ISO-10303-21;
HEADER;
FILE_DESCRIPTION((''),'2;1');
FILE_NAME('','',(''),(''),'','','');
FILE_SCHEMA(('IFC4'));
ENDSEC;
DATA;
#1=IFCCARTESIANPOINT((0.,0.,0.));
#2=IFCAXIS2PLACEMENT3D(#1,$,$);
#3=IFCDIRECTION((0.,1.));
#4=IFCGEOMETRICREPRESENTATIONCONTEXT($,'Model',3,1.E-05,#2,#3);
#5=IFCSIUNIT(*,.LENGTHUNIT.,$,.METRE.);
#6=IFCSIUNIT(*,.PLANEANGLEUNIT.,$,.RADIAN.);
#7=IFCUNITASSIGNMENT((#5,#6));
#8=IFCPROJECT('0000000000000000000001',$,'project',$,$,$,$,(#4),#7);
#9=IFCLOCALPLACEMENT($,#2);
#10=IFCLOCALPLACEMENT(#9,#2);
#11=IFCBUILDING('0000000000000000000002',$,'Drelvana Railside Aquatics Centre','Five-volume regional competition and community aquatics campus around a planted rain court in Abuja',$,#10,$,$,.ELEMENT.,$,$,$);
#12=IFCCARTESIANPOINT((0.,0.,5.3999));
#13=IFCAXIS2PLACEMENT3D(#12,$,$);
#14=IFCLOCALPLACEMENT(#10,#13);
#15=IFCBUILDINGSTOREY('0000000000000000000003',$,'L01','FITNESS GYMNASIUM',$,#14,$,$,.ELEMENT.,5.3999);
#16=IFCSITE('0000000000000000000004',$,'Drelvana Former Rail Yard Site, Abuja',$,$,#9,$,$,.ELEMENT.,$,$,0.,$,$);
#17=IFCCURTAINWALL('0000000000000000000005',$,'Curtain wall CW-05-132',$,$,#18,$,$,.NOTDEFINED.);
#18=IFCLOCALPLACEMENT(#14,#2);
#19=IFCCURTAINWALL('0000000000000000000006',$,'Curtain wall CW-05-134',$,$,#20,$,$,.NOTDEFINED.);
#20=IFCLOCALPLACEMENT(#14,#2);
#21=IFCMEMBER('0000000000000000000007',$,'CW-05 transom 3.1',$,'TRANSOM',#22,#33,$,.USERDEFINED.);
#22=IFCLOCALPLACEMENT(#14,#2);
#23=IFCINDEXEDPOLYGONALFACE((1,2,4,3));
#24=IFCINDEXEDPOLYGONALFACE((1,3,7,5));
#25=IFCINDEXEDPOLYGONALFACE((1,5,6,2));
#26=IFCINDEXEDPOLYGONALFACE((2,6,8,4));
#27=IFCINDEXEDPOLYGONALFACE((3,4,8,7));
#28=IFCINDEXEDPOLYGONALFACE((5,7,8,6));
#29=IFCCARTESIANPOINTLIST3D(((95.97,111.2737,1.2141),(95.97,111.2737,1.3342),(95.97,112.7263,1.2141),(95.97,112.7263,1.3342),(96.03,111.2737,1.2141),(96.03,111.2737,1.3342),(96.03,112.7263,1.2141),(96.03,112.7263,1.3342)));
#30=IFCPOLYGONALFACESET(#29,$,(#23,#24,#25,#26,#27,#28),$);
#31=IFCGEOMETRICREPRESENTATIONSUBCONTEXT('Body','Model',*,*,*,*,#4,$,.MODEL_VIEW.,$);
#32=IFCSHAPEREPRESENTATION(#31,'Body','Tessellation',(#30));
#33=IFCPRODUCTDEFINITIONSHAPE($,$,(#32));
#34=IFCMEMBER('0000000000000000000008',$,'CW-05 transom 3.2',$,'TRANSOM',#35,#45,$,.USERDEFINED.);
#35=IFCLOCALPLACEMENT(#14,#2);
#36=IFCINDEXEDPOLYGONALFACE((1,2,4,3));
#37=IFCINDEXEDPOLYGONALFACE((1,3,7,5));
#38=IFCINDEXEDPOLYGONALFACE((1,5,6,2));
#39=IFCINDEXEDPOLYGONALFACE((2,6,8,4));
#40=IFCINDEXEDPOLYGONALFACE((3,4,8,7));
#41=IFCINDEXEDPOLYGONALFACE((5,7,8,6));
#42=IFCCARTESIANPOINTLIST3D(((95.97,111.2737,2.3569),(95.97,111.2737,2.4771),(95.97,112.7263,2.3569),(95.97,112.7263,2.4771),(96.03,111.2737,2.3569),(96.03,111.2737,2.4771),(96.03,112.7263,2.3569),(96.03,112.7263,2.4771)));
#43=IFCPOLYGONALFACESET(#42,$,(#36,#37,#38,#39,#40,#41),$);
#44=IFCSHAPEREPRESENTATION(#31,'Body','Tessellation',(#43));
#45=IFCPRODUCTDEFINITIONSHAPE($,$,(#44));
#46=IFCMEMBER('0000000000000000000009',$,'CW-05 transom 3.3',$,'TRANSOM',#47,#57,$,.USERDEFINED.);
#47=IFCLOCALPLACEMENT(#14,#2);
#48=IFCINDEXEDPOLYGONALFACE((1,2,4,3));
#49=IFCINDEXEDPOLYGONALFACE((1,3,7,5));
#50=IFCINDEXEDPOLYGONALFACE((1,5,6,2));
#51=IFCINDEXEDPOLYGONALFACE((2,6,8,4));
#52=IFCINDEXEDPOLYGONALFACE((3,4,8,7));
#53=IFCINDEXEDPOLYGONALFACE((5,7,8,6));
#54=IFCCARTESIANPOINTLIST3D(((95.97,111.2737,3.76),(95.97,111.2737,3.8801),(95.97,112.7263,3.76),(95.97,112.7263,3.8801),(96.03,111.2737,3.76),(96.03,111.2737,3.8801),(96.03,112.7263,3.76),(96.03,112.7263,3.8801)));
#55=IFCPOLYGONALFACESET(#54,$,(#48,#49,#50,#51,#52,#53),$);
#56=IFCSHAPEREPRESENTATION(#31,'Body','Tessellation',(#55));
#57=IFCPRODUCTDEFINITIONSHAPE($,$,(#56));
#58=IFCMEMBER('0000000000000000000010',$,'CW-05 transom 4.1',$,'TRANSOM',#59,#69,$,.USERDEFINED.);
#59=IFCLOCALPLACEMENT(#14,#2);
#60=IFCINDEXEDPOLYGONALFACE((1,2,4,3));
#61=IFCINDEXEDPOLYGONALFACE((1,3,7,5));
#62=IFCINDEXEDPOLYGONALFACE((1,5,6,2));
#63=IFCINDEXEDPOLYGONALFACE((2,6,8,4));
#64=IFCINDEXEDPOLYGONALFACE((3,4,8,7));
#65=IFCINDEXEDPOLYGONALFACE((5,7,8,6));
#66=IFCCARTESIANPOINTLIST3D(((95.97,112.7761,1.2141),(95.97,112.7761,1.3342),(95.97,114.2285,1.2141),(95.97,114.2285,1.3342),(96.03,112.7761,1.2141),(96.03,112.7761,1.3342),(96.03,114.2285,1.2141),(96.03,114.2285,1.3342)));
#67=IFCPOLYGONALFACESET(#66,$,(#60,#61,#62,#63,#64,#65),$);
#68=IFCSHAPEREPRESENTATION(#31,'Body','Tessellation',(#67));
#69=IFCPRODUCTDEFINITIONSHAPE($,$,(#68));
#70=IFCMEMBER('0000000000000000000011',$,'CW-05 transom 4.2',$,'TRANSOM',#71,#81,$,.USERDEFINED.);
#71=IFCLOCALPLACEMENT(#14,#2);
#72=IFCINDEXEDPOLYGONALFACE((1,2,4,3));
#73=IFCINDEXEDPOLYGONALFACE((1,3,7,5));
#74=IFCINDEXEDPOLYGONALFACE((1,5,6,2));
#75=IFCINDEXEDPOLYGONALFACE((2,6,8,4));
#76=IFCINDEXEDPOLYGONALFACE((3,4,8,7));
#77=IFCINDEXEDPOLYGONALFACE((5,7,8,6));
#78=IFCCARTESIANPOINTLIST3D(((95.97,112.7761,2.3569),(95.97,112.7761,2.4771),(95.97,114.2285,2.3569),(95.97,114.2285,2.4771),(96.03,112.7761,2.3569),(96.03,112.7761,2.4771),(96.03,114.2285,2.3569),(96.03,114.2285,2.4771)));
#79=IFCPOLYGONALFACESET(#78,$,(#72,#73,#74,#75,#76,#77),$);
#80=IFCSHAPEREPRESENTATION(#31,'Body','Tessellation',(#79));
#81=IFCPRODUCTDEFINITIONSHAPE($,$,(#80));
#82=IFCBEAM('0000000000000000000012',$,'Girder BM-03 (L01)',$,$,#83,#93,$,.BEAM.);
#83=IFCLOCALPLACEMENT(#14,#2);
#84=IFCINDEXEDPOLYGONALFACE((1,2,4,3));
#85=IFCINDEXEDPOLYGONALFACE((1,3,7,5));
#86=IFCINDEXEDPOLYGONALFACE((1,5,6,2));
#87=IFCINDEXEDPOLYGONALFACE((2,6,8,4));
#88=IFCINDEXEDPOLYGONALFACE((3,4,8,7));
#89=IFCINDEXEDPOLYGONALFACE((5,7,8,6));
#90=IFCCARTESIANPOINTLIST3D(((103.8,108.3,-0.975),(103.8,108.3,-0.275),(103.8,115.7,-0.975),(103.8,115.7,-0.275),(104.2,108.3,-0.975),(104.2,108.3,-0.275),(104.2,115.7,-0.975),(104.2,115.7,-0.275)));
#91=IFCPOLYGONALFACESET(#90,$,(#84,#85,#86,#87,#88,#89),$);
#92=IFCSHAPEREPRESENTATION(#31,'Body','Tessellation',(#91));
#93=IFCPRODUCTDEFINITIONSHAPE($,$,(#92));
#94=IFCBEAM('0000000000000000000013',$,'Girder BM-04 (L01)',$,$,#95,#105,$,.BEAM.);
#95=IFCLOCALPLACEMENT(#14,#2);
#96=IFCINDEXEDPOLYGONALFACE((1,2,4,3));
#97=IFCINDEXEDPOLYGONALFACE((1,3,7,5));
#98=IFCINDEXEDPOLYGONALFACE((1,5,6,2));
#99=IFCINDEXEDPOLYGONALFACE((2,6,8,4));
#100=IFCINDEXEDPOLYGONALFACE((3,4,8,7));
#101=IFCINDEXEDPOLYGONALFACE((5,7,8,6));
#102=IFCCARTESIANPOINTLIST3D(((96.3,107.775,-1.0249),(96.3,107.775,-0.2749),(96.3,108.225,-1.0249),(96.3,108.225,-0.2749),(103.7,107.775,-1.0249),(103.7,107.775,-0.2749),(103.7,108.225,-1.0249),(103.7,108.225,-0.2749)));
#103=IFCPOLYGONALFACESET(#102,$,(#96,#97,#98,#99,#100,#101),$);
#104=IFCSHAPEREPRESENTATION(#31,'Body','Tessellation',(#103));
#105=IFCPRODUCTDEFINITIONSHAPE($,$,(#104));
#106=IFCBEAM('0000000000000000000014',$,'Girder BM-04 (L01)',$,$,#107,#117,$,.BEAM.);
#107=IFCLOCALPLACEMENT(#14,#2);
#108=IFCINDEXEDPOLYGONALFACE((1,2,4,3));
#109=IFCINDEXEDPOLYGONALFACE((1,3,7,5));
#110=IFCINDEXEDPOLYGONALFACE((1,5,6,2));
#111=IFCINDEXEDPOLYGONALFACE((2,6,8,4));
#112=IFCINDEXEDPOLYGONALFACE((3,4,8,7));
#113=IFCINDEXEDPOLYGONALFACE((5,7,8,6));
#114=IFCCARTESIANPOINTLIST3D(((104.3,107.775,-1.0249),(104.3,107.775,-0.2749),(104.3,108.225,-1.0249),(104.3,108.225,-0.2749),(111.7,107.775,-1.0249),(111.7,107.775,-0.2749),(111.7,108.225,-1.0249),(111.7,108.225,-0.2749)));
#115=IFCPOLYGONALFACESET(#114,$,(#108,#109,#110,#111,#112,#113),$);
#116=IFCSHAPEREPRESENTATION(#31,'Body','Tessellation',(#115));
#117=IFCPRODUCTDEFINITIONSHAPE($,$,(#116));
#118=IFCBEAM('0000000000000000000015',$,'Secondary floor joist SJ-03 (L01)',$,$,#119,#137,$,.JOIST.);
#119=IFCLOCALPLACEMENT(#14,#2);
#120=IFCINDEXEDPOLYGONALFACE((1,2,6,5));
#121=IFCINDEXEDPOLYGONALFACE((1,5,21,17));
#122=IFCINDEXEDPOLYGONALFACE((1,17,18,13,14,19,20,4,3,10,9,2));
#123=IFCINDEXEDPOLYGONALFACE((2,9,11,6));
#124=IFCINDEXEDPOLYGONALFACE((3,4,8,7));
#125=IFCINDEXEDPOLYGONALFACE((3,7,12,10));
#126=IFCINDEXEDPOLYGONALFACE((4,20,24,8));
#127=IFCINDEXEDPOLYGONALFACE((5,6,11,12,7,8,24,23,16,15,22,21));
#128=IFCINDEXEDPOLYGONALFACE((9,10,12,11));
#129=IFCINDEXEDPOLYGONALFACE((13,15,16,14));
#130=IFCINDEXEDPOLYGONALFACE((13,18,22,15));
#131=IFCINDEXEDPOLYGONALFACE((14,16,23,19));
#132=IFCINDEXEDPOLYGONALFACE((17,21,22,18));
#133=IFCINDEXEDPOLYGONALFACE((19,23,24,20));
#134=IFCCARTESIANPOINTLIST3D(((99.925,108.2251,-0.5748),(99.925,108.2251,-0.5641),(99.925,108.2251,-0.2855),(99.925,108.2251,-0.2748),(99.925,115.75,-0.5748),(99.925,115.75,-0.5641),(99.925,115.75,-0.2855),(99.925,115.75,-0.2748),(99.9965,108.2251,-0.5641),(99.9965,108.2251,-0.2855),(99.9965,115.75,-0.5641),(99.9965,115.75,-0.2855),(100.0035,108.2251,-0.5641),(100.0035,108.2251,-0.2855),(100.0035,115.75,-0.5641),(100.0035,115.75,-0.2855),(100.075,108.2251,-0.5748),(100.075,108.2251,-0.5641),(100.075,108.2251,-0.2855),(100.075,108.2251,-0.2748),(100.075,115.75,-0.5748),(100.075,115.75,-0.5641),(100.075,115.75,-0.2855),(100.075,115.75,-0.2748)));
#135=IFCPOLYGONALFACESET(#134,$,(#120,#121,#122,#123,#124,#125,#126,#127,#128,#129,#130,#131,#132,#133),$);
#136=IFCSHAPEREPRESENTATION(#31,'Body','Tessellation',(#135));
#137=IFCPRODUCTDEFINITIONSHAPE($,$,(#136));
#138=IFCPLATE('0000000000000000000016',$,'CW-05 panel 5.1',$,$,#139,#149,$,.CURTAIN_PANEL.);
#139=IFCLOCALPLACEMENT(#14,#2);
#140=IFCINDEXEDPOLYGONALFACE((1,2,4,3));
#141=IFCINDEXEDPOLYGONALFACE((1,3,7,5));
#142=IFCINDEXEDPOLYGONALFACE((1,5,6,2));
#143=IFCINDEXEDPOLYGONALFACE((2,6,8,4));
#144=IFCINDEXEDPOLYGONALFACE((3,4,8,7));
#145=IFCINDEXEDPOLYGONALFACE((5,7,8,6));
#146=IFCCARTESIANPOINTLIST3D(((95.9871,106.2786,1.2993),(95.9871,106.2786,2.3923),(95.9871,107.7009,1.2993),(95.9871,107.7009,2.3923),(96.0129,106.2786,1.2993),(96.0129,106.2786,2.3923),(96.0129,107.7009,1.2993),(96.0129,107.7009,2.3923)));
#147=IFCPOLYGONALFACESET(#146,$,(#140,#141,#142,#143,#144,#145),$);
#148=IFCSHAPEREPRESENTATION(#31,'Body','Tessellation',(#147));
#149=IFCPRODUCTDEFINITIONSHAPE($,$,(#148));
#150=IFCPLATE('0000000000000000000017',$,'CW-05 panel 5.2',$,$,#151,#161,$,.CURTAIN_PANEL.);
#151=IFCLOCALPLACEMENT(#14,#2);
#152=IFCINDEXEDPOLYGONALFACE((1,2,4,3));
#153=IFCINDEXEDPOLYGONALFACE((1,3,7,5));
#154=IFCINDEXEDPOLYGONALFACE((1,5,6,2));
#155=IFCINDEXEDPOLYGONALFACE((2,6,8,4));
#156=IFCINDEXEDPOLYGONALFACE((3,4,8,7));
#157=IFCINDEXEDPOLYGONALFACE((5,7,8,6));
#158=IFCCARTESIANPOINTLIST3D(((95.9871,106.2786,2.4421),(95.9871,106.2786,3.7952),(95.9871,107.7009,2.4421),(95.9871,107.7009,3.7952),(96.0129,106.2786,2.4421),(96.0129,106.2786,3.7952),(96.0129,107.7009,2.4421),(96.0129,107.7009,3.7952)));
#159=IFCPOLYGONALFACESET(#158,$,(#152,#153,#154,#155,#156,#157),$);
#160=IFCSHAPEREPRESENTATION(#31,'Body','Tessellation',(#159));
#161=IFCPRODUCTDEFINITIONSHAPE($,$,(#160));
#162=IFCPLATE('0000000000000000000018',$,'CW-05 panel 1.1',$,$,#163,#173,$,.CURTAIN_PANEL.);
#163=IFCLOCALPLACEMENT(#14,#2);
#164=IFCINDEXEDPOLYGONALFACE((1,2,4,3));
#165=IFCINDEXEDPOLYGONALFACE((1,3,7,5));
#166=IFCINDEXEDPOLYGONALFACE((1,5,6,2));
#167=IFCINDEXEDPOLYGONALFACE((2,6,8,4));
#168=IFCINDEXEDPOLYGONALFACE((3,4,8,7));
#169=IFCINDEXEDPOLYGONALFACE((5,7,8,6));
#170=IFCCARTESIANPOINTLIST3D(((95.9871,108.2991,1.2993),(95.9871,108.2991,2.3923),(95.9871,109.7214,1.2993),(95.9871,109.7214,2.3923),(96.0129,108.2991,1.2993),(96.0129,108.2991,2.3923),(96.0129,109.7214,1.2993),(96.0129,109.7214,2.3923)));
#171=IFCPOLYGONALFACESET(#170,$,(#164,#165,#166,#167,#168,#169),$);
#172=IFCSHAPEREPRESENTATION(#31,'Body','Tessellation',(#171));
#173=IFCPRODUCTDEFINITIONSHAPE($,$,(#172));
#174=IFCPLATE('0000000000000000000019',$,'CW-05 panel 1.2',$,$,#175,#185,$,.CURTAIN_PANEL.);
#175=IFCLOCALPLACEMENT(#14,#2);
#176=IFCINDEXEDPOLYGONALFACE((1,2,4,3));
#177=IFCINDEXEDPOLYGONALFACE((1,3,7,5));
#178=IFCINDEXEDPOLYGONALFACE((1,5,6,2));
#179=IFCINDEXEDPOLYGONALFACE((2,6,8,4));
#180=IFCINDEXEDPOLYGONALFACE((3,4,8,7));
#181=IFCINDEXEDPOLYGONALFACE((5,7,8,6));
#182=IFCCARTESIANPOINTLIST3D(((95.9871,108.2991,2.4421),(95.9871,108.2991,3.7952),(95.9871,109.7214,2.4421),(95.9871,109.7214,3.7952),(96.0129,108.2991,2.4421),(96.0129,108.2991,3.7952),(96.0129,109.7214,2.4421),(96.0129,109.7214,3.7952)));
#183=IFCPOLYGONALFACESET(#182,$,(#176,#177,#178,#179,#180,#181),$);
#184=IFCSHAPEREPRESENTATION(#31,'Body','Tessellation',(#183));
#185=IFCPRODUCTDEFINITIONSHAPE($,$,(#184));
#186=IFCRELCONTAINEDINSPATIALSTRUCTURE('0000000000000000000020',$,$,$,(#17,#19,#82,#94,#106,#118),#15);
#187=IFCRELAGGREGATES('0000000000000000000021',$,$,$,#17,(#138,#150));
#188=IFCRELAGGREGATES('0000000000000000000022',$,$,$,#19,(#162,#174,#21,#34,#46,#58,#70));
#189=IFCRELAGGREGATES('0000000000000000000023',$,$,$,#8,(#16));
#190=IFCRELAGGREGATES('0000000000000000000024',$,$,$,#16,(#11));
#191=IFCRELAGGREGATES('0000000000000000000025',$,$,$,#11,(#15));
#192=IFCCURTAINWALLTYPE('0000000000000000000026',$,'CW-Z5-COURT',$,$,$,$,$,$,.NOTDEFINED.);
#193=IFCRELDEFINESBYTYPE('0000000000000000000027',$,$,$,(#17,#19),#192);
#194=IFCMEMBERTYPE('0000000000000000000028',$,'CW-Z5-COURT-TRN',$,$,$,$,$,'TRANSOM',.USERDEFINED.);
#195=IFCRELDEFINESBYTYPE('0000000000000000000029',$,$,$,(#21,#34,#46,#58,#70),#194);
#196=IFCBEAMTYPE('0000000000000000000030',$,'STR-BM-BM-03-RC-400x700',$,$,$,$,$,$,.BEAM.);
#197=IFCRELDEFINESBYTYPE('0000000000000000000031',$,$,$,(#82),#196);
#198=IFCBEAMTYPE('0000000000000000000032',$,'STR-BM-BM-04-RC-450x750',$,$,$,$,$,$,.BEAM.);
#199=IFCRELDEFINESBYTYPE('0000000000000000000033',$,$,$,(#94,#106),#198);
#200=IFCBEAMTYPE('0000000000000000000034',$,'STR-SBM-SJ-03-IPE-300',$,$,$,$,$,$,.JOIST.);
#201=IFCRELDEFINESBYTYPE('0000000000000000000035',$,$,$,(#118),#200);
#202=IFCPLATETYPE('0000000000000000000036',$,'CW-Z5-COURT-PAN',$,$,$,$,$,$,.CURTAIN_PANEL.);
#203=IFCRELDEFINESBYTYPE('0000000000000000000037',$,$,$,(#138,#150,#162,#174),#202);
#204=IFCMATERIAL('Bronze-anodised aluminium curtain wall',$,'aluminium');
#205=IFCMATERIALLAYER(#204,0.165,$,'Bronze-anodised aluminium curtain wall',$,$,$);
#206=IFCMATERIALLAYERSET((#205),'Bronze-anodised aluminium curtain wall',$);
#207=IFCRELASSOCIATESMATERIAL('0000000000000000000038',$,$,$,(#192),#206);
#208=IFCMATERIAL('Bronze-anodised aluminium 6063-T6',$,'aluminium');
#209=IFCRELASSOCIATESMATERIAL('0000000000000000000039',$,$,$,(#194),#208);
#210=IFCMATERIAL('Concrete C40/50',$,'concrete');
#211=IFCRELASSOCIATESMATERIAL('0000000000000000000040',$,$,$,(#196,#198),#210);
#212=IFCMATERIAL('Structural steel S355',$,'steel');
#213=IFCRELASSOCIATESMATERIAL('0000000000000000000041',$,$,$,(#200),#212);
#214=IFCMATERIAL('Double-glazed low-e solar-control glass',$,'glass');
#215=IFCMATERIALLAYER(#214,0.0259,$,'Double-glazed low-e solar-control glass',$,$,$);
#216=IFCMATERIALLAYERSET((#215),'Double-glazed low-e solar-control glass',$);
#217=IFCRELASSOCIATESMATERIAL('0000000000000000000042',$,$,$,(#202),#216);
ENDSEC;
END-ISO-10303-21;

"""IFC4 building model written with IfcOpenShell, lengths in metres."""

from ifc_helpers import new_model, si_unit, direction, frame, origin, origin_2d, place, context, subcontext, project, spatial, rectangle, i_section, extrude, material, layer, layer_set, material_profile, profile_set, type_object, element, aggregate, save


model = new_model("IFC4")

# Units and contexts
model_context = context("Model", 3, precision=1e-05, world=origin(), true_north=direction((0.0, 1.0)))
body_context = subcontext(model_context, "Body", "Model", "MODEL_VIEW")
ifc_project = project(units=[si_unit("LENGTHUNIT", "METRE"), si_unit("PLANEANGLEUNIT", "RADIAN")], contexts=[model_context])

# Site, building, storey
site_placement = place(None, origin())
site = spatial("IfcSite", under=ifc_project, at=site_placement, Name="Drelvana Former Rail Yard Site, Abuja", CompositionType="ELEMENT", RefElevation=0.0)
building_placement = place(site_placement, origin())
building = spatial("IfcBuilding", under=site, at=building_placement, Name="Drelvana Railside Aquatics Centre", Description="Five-volume regional competition and community aquatics campus around a planted rain court in Abuja", CompositionType="ELEMENT")
storey_placement = place(building_placement, frame((0.0, 0.0, 5.3999)))
storey = spatial("IfcBuildingStorey", under=building, at=storey_placement, Name="L01", Description="FITNESS GYMNASIUM", CompositionType="ELEMENT", Elevation=5.3999)

# Shared definitions
ifc_material_1 = material(Name="Concrete C40/50", Category="concrete")

# Curtain wall
ifc_material_2 = material(Name="Bronze-anodised aluminium curtain wall", Category="aluminium")
ifc_layer_1 = layer(ifc_material_2, 0.165, Name="Bronze-anodised aluminium curtain wall")
ifc_layer_set_1 = layer_set([ifc_layer_1], Name="Bronze-anodised aluminium curtain wall")
curtain_wall_type = type_object("IfcCurtainWallType", Name="CW-Z5-COURT", PredefinedType="NOTDEFINED", material=ifc_layer_set_1)
curtain_wall_1_placement = place(storey_placement, origin())
curtain_wall_1 = element("IfcCurtainWall", 1, at=curtain_wall_1_placement, inside=storey, type_object=curtain_wall_type, Name="Curtain wall CW-05-132", PredefinedType="NOTDEFINED")
ifc_material_3 = material(Name="Bronze-anodised aluminium 6063-T6", Category="aluminium")

# Curtain wall
curtain_wall_2_placement = place(storey_placement, origin())
curtain_wall_2 = element("IfcCurtainWall", 2, at=curtain_wall_2_placement, inside=storey, type_object=curtain_wall_type, Name="Curtain wall CW-05-134", PredefinedType="NOTDEFINED")

# Members
ifc_material_profile_1 = material_profile(ifc_material_3, rectangle(XDim=0.1201, YDim=0.0601, at=origin_2d()), Name="ALU-T 60x120")
ifc_profile_set_1 = profile_set([ifc_material_profile_1], Name="Bronze-anodised aluminium 6063-T6")
member_type_1 = type_object("IfcMemberType", Name="CW-Z5-COURT-TRN", ElementType="TRANSOM", PredefinedType="USERDEFINED", material=ifc_profile_set_1)
member_1_placement = place(storey_placement, frame((96.0, 111.2737, 1.2742), z_axis=(0.0, 1.0, 0.0), x_axis=(0.0, 0.0, 1.0)))
member_1 = element("IfcMember", 3, at=member_1_placement, type_object=member_type_1, Name="CW-05 transom 3.1", ObjectType="TRANSOM", PredefinedType="USERDEFINED", context=body_context, shape_type="SweptSolid", body=[
    extrude(rectangle(XDim=0.1201, YDim=0.0601, at=origin_2d()), origin(), (0.0, 0.0, 1.0), 1.4526),
])
member_2_placement = place(storey_placement, frame((96.0, 111.2737, 2.417), z_axis=(0.0, 1.0, 0.0), x_axis=(0.0, 0.0, 1.0)))
member_2 = element("IfcMember", 4, at=member_2_placement, type_object=member_type_1, Name="CW-05 transom 3.2", ObjectType="TRANSOM", PredefinedType="USERDEFINED", context=body_context, shape_type="SweptSolid", body=[
    extrude(rectangle(XDim=0.1201, YDim=0.0601, at=origin_2d()), origin(), (0.0, 0.0, 1.0), 1.4526),
])
member_3_placement = place(storey_placement, frame((96.0, 111.2737, 3.8201), z_axis=(0.0, 1.0, 0.0), x_axis=(0.0, 0.0, 1.0)))
member_3 = element("IfcMember", 5, at=member_3_placement, type_object=member_type_1, Name="CW-05 transom 3.3", ObjectType="TRANSOM", PredefinedType="USERDEFINED", context=body_context, shape_type="SweptSolid", body=[
    extrude(rectangle(XDim=0.1201, YDim=0.0601, at=origin_2d()), origin(), (0.0, 0.0, 1.0), 1.4526),
])
member_4_placement = place(storey_placement, frame((96.0, 112.7761, 1.2742), z_axis=(0.0, 1.0, 0.0), x_axis=(0.0, 0.0, 1.0)))
member_4 = element("IfcMember", 6, at=member_4_placement, type_object=member_type_1, Name="CW-05 transom 4.1", ObjectType="TRANSOM", PredefinedType="USERDEFINED", context=body_context, shape_type="SweptSolid", body=[
    extrude(rectangle(XDim=0.1201, YDim=0.0601, at=origin_2d()), origin(), (0.0, 0.0, 1.0), 1.4524),
])
member_5_placement = place(storey_placement, frame((96.0, 112.7761, 2.417), z_axis=(0.0, 1.0, 0.0), x_axis=(0.0, 0.0, 1.0)))
member_5 = element("IfcMember", 7, at=member_5_placement, type_object=member_type_1, Name="CW-05 transom 4.2", ObjectType="TRANSOM", PredefinedType="USERDEFINED", context=body_context, shape_type="SweptSolid", body=[
    extrude(rectangle(XDim=0.1201, YDim=0.0601, at=origin_2d()), origin(), (0.0, 0.0, 1.0), 1.4524),
])

# Beams
ifc_material_profile_2 = material_profile(ifc_material_1, rectangle(XDim=0.3999, YDim=0.7, at=origin_2d()), Name="RC 400x700")
ifc_profile_set_2 = profile_set([ifc_material_profile_2], Name="Concrete C40/50")
beam_type_1 = type_object("IfcBeamType", Name="STR-BM-BM-03-RC-400x700", PredefinedType="BEAM", material=ifc_profile_set_2)
beam_1_placement = place(storey_placement, frame((104.0, 108.3, -0.625), z_axis=(0.0, 1.0, 0.0), x_axis=(-1.0, 0.0, 0.0)))
element("IfcBeam", 8, at=beam_1_placement, inside=storey, type_object=beam_type_1, Name="Girder BM-03 (L01)", PredefinedType="BEAM", context=body_context, shape_type="SweptSolid", body=[
    extrude(rectangle(XDim=0.3999, YDim=0.7, at=origin_2d()), origin(), (0.0, 0.0, 1.0), 7.3999),
])
ifc_material_profile_3 = material_profile(ifc_material_1, rectangle(XDim=0.45, YDim=0.75, at=origin_2d()), Name="RC 450x750")
ifc_profile_set_3 = profile_set([ifc_material_profile_3], Name="Concrete C40/50")
beam_type_2 = type_object("IfcBeamType", Name="STR-BM-BM-04-RC-450x750", PredefinedType="BEAM", material=ifc_profile_set_3)
for number, where, z_axis, x_axis, name in (
    (9, (96.3, 108.0, -0.6499), (1.0, 0.0, 0.0), (0.0, 1.0, 0.0), "Girder BM-04 (L01)"),
    (10, (104.3, 108.0, -0.6499), (1.0, 0.0, 0.0), (0.0, 1.0, 0.0), "Girder BM-04 (L01)"),
):
    element("IfcBeam", number, at=place(storey_placement, frame(where, z_axis=z_axis, x_axis=x_axis)), inside=storey, type_object=beam_type_2, Name=name, PredefinedType="BEAM", context=body_context, shape_type="SweptSolid", body=[
        extrude(rectangle(XDim=0.45, YDim=0.75, at=origin_2d()), origin(), (0.0, 0.0, 1.0), 7.3999),
    ])
ifc_material_4 = material(Name="Structural steel S355", Category="steel")
ifc_material_profile_4 = material_profile(ifc_material_4, i_section(OverallWidth=0.1499, OverallDepth=0.3, WebThickness=0.0071, FlangeThickness=0.0107, at=origin_2d()), Name="IPE 300")
ifc_profile_set_4 = profile_set([ifc_material_profile_4], Name="Structural steel S355")
beam_type_3 = type_object("IfcBeamType", Name="STR-SBM-SJ-03-IPE-300", PredefinedType="JOIST", material=ifc_profile_set_4)
beam_2_placement = place(storey_placement, frame((100.0, 108.2251, -0.4248), z_axis=(0.0, 1.0, 0.0), x_axis=(-1.0, 0.0, 0.0)))
element("IfcBeam", 11, at=beam_2_placement, inside=storey, type_object=beam_type_3, Name="Secondary floor joist SJ-03 (L01)", PredefinedType="JOIST", context=body_context, shape_type="SweptSolid", body=[
    extrude(i_section(OverallWidth=0.1499, OverallDepth=0.3, WebThickness=0.0071, FlangeThickness=0.0107, at=origin_2d()), origin(), (0.0, 0.0, 1.0), 7.5249),
])

# Plates
ifc_material_5 = material(Name="Double-glazed low-e solar-control glass", Category="glass")
ifc_layer_2 = layer(ifc_material_5, 0.0259, Name="Double-glazed low-e solar-control glass")
ifc_layer_set_2 = layer_set([ifc_layer_2], Name="Double-glazed low-e solar-control glass")
plate_type = type_object("IfcPlateType", Name="CW-Z5-COURT-PAN", PredefinedType="CURTAIN_PANEL", material=ifc_layer_set_2)
plate_1_placement = place(storey_placement, frame((96.0, 106.9897, 1.2993), z_axis=(0.0, 0.0, 1.0), x_axis=(0.0, 1.0, 0.0)))
plate_1 = element("IfcPlate", 12, at=plate_1_placement, type_object=plate_type, Name="CW-05 panel 5.1", PredefinedType="CURTAIN_PANEL", context=body_context, shape_type="SweptSolid", body=[
    extrude(rectangle(XDim=1.4224, YDim=0.0259, at=origin_2d()), origin(), (0.0, 0.0, 1.0), 1.093),
])
plate_2_placement = place(storey_placement, frame((96.0, 106.9897, 2.4421), z_axis=(0.0, 0.0, 1.0), x_axis=(0.0, 1.0, 0.0)))
plate_2 = element("IfcPlate", 13, at=plate_2_placement, type_object=plate_type, Name="CW-05 panel 5.2", PredefinedType="CURTAIN_PANEL", context=body_context, shape_type="SweptSolid", body=[
    extrude(rectangle(XDim=1.4224, YDim=0.0259, at=origin_2d()), origin(), (0.0, 0.0, 1.0), 1.353),
])
aggregate(curtain_wall_1, [plate_1, plate_2])
plate_3_placement = place(storey_placement, frame((96.0, 109.0103, 1.2993), z_axis=(0.0, 0.0, 1.0), x_axis=(0.0, 1.0, 0.0)))
plate_3 = element("IfcPlate", 14, at=plate_3_placement, type_object=plate_type, Name="CW-05 panel 1.1", PredefinedType="CURTAIN_PANEL", context=body_context, shape_type="SweptSolid", body=[
    extrude(rectangle(XDim=1.4224, YDim=0.0259, at=origin_2d()), origin(), (0.0, 0.0, 1.0), 1.093),
])
plate_4_placement = place(storey_placement, frame((96.0, 109.0103, 2.4421), z_axis=(0.0, 0.0, 1.0), x_axis=(0.0, 1.0, 0.0)))
plate_4 = element("IfcPlate", 15, at=plate_4_placement, type_object=plate_type, Name="CW-05 panel 1.2", PredefinedType="CURTAIN_PANEL", context=body_context, shape_type="SweptSolid", body=[
    extrude(rectangle(XDim=1.4224, YDim=0.0259, at=origin_2d()), origin(), (0.0, 0.0, 1.0), 1.353),
])
aggregate(curtain_wall_2, [plate_3, plate_4, member_1, member_2, member_3, member_4, member_5])

save(model, "model.ifc")
